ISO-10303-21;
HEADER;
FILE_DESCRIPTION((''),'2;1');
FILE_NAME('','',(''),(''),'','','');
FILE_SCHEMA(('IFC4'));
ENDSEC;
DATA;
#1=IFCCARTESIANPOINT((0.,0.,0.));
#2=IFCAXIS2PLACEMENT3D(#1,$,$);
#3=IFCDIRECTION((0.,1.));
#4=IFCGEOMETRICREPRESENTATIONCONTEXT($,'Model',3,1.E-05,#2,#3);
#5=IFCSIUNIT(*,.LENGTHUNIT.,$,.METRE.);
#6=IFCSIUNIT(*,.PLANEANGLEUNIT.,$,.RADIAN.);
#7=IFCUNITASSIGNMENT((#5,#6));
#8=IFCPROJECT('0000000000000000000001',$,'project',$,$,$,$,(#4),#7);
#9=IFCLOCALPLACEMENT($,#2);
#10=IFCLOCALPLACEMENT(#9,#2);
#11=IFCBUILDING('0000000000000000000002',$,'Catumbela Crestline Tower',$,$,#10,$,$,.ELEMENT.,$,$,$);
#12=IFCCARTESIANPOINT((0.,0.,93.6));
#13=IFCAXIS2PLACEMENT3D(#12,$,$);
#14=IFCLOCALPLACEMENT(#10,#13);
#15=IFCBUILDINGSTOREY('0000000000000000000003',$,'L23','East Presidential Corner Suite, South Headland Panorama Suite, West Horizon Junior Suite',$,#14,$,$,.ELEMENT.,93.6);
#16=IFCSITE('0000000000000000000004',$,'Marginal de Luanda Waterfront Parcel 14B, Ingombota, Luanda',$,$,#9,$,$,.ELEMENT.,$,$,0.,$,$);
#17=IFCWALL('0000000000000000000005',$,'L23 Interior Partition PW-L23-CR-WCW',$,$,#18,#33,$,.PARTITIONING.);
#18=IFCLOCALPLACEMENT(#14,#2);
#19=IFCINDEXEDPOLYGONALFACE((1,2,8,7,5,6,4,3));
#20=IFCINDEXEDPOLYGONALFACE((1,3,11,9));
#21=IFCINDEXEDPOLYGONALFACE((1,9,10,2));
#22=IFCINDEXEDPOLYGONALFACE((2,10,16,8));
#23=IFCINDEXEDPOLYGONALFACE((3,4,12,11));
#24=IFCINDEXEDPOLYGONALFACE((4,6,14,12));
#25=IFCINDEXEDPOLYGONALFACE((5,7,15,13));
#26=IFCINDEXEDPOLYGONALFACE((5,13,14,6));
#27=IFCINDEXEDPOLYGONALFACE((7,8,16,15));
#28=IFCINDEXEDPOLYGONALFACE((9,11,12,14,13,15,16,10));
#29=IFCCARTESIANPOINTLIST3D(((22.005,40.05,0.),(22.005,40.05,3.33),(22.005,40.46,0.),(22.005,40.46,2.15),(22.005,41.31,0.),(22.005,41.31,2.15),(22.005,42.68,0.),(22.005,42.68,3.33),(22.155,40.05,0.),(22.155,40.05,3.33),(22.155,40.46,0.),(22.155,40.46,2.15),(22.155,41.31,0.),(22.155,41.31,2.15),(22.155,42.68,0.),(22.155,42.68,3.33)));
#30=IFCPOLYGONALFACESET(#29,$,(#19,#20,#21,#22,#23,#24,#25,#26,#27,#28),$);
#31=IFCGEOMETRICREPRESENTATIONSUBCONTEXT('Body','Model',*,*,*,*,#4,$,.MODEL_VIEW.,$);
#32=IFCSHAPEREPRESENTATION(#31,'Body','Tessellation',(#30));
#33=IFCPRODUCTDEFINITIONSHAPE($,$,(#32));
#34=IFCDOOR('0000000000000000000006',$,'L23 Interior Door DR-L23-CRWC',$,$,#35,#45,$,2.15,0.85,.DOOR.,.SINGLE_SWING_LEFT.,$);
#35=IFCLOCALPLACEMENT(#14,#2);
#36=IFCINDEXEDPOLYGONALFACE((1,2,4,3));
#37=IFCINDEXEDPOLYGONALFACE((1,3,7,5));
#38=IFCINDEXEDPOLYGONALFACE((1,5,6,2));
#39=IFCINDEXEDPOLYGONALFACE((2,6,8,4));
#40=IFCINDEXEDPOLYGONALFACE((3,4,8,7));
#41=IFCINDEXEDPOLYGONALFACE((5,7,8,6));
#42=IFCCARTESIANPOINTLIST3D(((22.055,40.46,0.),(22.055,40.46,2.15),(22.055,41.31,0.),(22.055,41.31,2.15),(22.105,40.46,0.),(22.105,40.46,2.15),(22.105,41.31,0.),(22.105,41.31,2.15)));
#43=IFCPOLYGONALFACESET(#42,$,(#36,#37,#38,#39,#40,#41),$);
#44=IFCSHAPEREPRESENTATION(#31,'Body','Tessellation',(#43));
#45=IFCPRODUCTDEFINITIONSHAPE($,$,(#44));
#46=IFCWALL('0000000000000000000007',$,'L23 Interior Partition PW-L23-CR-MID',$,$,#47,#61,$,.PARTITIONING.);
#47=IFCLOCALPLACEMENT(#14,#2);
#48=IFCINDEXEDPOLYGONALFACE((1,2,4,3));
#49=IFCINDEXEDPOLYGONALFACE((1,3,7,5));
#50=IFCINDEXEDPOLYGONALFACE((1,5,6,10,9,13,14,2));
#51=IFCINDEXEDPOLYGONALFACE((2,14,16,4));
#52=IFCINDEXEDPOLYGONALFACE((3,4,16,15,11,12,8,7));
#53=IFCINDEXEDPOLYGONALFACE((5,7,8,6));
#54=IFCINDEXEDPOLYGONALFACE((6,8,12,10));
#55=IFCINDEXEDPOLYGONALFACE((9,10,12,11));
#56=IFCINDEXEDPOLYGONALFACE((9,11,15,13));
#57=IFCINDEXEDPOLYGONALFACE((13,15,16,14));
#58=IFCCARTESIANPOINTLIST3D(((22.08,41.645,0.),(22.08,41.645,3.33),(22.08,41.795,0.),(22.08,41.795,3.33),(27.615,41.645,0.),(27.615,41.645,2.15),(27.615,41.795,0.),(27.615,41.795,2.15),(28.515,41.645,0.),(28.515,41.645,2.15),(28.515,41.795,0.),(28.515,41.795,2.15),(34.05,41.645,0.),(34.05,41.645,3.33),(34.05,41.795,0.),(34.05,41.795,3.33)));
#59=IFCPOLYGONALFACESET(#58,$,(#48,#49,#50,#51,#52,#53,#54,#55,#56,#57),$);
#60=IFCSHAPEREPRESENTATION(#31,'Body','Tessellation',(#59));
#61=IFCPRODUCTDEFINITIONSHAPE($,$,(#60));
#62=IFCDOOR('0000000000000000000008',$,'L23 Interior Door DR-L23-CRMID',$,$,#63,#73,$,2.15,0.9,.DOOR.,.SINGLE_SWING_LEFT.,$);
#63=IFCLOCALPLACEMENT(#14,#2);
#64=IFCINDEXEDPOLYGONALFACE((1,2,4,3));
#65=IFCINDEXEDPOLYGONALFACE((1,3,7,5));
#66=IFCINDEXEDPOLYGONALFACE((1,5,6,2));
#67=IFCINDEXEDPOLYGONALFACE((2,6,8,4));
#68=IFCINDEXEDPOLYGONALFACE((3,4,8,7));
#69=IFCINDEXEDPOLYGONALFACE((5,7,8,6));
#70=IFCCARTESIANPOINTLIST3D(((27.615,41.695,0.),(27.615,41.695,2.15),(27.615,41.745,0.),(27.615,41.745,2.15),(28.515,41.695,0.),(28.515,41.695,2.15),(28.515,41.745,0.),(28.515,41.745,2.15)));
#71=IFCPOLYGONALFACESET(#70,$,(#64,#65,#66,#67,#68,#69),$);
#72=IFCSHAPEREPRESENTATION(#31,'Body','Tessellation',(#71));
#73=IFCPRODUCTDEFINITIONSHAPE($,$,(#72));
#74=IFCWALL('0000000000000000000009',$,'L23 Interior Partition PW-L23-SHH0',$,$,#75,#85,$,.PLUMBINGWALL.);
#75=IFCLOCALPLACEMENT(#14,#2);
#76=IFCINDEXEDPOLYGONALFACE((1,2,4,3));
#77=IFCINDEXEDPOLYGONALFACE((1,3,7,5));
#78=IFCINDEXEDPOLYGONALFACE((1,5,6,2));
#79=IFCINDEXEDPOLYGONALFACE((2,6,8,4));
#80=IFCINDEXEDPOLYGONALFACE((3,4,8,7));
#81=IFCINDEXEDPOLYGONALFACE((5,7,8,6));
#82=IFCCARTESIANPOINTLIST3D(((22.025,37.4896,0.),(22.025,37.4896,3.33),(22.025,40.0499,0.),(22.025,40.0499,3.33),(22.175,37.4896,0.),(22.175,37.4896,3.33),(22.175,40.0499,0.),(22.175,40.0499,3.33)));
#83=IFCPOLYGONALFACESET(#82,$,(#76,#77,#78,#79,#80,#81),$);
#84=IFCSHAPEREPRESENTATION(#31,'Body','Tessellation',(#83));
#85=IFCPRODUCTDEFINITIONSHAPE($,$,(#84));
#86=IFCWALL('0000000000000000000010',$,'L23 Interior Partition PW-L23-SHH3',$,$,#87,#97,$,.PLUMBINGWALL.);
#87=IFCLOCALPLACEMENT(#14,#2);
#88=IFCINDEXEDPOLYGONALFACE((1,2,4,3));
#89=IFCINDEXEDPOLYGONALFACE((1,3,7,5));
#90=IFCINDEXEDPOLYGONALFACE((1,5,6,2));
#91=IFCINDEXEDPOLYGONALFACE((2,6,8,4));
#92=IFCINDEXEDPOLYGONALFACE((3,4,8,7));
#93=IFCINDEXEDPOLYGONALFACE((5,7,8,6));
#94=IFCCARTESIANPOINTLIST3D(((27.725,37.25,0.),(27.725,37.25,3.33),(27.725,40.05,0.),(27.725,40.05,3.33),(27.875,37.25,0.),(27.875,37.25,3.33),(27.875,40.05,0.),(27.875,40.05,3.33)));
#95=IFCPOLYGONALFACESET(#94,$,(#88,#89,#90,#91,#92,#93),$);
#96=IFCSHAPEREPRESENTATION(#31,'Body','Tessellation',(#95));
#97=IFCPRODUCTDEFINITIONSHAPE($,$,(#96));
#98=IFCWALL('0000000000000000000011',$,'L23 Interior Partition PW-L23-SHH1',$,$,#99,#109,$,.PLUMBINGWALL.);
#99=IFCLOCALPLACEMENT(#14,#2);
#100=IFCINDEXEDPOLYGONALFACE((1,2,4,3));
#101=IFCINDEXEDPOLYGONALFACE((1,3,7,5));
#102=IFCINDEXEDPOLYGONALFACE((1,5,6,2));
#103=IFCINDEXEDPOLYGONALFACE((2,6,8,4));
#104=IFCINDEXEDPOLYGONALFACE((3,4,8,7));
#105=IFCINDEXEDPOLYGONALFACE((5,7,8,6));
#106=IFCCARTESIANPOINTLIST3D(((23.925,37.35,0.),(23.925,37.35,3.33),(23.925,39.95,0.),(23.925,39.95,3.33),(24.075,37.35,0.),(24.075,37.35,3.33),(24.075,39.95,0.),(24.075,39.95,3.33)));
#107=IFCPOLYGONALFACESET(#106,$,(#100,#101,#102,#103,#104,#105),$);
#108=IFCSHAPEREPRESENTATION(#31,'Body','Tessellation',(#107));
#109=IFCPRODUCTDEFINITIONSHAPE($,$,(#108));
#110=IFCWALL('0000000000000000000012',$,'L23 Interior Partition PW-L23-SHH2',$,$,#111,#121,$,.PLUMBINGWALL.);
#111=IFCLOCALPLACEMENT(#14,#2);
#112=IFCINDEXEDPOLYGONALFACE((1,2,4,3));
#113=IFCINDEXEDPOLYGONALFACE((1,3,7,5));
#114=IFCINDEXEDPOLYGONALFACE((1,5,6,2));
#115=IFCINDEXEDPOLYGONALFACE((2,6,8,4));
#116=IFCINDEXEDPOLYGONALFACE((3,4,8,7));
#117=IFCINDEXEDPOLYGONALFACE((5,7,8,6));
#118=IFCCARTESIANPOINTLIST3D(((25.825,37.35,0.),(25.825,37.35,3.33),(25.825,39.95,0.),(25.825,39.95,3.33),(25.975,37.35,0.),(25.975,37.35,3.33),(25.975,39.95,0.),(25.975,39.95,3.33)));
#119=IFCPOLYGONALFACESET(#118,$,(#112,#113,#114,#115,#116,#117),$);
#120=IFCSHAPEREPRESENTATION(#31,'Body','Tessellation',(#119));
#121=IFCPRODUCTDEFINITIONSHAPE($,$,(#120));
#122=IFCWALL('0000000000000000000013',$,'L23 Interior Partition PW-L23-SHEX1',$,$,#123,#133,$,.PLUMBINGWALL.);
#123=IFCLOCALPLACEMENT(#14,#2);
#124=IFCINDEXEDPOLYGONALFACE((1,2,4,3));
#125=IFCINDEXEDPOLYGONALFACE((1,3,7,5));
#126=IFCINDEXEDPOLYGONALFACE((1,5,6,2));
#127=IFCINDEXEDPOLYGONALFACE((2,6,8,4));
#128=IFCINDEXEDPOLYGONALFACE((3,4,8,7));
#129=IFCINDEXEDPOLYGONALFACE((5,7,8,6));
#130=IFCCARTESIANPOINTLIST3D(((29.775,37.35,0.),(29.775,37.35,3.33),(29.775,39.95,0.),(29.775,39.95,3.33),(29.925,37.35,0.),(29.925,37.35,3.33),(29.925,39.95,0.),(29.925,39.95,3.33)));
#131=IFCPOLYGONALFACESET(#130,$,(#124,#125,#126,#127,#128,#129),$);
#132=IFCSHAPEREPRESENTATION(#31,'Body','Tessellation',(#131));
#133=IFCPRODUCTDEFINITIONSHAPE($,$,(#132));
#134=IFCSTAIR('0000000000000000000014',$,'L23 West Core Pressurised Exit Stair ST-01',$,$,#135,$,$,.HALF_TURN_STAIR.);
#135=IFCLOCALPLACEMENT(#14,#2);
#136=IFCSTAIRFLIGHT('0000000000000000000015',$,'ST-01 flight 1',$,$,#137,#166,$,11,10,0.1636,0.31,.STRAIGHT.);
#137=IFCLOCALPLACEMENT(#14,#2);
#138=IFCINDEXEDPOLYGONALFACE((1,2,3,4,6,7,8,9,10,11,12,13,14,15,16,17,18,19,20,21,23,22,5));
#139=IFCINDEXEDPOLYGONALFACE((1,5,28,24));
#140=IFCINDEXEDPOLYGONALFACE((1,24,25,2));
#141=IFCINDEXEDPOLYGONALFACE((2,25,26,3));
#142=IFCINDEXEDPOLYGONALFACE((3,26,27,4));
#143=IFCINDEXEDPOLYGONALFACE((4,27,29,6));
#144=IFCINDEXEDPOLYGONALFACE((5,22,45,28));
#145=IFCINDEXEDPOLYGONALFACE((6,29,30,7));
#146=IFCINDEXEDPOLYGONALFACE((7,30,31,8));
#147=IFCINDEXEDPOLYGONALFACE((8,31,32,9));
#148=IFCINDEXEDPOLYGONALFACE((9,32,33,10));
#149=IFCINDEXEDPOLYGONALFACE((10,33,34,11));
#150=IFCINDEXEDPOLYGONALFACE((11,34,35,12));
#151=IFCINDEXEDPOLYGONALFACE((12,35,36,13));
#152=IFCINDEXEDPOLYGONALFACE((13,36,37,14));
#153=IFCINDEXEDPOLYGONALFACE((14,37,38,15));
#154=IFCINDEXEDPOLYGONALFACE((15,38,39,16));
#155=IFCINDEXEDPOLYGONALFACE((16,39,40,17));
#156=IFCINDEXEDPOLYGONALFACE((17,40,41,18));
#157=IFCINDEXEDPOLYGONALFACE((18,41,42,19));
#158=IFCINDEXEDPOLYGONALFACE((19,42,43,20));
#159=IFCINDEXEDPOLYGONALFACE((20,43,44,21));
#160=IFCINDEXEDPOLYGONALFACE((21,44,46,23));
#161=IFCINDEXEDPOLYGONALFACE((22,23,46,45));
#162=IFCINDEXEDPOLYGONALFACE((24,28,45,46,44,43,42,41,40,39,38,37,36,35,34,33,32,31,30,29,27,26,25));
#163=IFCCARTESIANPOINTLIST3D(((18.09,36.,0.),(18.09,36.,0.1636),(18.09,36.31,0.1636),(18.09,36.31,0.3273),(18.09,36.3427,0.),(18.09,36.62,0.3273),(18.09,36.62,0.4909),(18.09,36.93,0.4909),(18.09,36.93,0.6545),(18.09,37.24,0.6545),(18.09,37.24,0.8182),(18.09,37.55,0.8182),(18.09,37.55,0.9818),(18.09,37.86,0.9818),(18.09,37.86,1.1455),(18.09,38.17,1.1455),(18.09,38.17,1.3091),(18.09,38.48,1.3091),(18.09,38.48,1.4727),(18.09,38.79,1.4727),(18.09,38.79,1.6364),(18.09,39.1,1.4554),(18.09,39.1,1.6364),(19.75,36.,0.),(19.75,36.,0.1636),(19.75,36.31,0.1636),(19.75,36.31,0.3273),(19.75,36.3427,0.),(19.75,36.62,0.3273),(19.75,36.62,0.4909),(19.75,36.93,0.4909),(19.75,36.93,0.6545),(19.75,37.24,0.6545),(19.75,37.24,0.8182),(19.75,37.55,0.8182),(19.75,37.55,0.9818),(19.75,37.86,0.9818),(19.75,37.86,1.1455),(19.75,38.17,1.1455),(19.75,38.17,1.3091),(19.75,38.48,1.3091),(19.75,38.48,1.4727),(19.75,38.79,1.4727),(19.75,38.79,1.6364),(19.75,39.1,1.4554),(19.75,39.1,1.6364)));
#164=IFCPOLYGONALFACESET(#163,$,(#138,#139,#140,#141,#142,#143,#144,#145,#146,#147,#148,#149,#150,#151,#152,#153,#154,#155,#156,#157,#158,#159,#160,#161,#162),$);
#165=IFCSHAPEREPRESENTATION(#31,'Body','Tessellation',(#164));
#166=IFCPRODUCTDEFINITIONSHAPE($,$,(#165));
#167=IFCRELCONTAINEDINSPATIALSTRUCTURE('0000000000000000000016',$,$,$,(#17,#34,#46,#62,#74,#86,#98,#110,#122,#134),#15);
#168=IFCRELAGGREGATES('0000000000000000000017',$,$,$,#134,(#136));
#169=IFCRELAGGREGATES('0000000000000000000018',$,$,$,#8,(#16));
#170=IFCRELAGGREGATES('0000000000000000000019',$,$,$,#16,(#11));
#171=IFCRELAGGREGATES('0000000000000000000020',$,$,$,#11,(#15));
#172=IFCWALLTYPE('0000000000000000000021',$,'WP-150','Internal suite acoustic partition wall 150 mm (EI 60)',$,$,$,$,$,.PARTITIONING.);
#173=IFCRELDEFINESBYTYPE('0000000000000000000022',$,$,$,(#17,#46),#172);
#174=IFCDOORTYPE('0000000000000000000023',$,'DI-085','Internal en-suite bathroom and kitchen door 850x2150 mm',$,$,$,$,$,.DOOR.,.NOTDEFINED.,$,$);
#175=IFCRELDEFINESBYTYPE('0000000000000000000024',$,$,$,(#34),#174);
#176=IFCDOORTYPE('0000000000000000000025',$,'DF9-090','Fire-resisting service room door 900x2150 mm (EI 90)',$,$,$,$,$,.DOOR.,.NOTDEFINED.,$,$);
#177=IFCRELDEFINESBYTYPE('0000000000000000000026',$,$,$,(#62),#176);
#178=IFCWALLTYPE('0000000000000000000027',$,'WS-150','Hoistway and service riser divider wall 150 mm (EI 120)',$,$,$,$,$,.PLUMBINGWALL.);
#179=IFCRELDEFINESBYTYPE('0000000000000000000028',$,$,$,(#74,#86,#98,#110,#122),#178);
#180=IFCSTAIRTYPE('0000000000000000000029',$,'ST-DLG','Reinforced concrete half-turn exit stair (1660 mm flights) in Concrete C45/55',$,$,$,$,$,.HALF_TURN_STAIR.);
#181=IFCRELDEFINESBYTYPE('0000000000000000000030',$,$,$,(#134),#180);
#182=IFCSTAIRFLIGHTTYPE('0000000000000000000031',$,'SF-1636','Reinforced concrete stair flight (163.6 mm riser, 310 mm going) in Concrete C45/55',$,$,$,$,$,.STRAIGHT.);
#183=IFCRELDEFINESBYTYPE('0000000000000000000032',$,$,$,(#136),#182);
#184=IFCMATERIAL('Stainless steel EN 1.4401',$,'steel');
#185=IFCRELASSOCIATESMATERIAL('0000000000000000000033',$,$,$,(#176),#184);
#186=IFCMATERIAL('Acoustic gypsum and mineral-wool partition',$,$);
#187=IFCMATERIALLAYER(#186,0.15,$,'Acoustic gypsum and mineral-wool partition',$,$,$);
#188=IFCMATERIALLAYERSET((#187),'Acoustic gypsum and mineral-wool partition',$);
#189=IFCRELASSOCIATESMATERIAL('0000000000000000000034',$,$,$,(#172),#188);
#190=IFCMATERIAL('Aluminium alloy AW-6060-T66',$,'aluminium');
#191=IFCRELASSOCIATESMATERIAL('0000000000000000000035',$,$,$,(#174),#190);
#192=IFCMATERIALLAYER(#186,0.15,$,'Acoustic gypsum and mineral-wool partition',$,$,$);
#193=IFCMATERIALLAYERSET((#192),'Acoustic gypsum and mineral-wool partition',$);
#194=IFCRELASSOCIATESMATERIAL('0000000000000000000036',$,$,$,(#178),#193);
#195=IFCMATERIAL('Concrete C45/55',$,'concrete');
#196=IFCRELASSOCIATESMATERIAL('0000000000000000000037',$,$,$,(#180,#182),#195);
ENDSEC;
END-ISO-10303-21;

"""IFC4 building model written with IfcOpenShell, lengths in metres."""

from ifc_helpers import new_model, si_unit, direction, frame, frame_2d, origin, place, context, subcontext, project, spatial, polyline, rectangle, outline, extrude, material, layer, layer_set, type_object, element, fill, aggregate, save


model = new_model("IFC4")

# Units and contexts
model_context = context("Model", 3, precision=1e-05, world=origin(), true_north=direction((0.0, 1.0)))
body_context = subcontext(model_context, "Body", "Model", "MODEL_VIEW")
ifc_project = project(units=[si_unit("LENGTHUNIT", "METRE"), si_unit("PLANEANGLEUNIT", "RADIAN")], contexts=[model_context])

# Site, building, storey
site_placement = place(None, origin())
site = spatial("IfcSite", under=ifc_project, at=site_placement, Name="Marginal de Luanda Waterfront Parcel 14B, Ingombota, Luanda", CompositionType="ELEMENT", RefElevation=0.0)
building_placement = place(site_placement, origin())
building = spatial("IfcBuilding", under=site, at=building_placement, Name="Catumbela Crestline Tower", CompositionType="ELEMENT")
storey_placement = place(building_placement, frame((0.0, 0.0, 93.6)))
storey = spatial("IfcBuildingStorey", under=building, at=storey_placement, Name="L23", Description="East Presidential Corner Suite, South Headland Panorama Suite, West Horizon Junior Suite", CompositionType="ELEMENT", Elevation=93.6)

# Shared definitions
ifc_material_1 = material(Name="Aluminium alloy AW-6060-T66", Category="aluminium")

# Shared definitions
ifc_material_2 = material(Name="Stainless steel EN 1.4401", Category="steel")

# Shared definitions
door_type_1 = type_object("IfcDoorType", Name="DF9-090", Description="Fire-resisting service room door 900x2150 mm (EI 90)", OperationType="NOTDEFINED", PredefinedType="DOOR", material=ifc_material_2)

# Walls, openings, doors
ifc_material_3 = material(Name="Acoustic gypsum and mineral-wool partition")
ifc_layer_1 = layer(ifc_material_3, 0.15, Name="Acoustic gypsum and mineral-wool partition")
ifc_layer_set_1 = layer_set([ifc_layer_1], Name="Acoustic gypsum and mineral-wool partition")
wall_type_1 = type_object("IfcWallType", Name="WP-150", Description="Internal suite acoustic partition wall 150 mm (EI 60)", PredefinedType="PARTITIONING", material=ifc_layer_set_1)
wall_1_placement = place(storey_placement, frame((22.08, 40.05, 0.0), z_axis=(0.0, 0.0, 1.0), x_axis=(0.0, 1.0, 0.0)))
wall_1 = element("IfcWall", 1, at=wall_1_placement, inside=storey, type_object=wall_type_1, Name="L23 Interior Partition PW-L23-CR-WCW", PredefinedType="PARTITIONING", context=body_context, shape_type="SweptSolid", body=[
    extrude(rectangle(XDim=2.63, YDim=0.15, at=frame_2d((1.315, 0.0))), origin(), (0.0, 0.0, 1.0), 3.33),
])
opening_1_placement = place(wall_1_placement, frame((0.41, 0.0, 0.0)))
opening_1 = element("IfcOpeningElement", 2, at=opening_1_placement, cuts=wall_1, PredefinedType="OPENING", context=body_context, shape_type="SweptSolid", body=[
    extrude(rectangle(XDim=0.85, YDim=2.15, at=frame_2d((0.425, 1.075))), frame((0.0, 0.085, 0.0), z_axis=(0.0, -1.0, 0.0), x_axis=(1.0, 0.0, 0.0)), (0.0, 0.0, 1.0), 0.17),
])
door_type_2 = type_object("IfcDoorType", Name="DI-085", Description="Internal en-suite bathroom and kitchen door 850x2150 mm", OperationType="NOTDEFINED", PredefinedType="DOOR", material=ifc_material_1)
door_1_placement = place(opening_1_placement, origin())
door_1 = element("IfcDoor", 3, at=door_1_placement, inside=storey, type_object=door_type_2, Name="L23 Interior Door DR-L23-CRWC", OperationType="SINGLE_SWING_LEFT", OverallHeight=2.15, OverallWidth=0.85, PredefinedType="DOOR", context=body_context, shape_type="SweptSolid", body=[
    extrude(rectangle(XDim=0.85, YDim=2.15, at=frame_2d((0.425, 1.075))), frame((0.0, 0.025, 0.0), z_axis=(0.0, -1.0, 0.0), x_axis=(1.0, 0.0, 0.0)), (0.0, 0.0, 1.0), 0.05),
])
fill(opening_1, door_1)
wall_2_placement = place(storey_placement, frame((22.08, 41.72, 0.0), z_axis=(0.0, 0.0, 1.0), x_axis=(1.0, 0.0, 0.0)))
wall_2 = element("IfcWall", 4, at=wall_2_placement, inside=storey, type_object=wall_type_1, Name="L23 Interior Partition PW-L23-CR-MID", PredefinedType="PARTITIONING", context=body_context, shape_type="SweptSolid", body=[
    extrude(rectangle(XDim=11.97, YDim=0.15, at=frame_2d((5.985, 0.0))), origin(), (0.0, 0.0, 1.0), 3.33),
])
opening_2_placement = place(wall_2_placement, frame((5.535, 0.0, 0.0)))
opening_2 = element("IfcOpeningElement", 5, at=opening_2_placement, cuts=wall_2, PredefinedType="OPENING", context=body_context, shape_type="SweptSolid", body=[
    extrude(rectangle(XDim=0.9, YDim=2.15, at=frame_2d((0.45, 1.075))), frame((0.0, 0.085, 0.0), z_axis=(0.0, -1.0, 0.0), x_axis=(1.0, 0.0, 0.0)), (0.0, 0.0, 1.0), 0.17),
])
door_2_placement = place(opening_2_placement, origin())
door_2 = element("IfcDoor", 6, at=door_2_placement, inside=storey, type_object=door_type_1, Name="L23 Interior Door DR-L23-CRMID", OperationType="SINGLE_SWING_LEFT", OverallHeight=2.15, OverallWidth=0.9, PredefinedType="DOOR", context=body_context, shape_type="SweptSolid", body=[
    extrude(rectangle(XDim=0.9, YDim=2.15, at=frame_2d((0.45, 1.075))), frame((0.0, 0.025, 0.0), z_axis=(0.0, -1.0, 0.0), x_axis=(1.0, 0.0, 0.0)), (0.0, 0.0, 1.0), 0.05),
])
fill(opening_2, door_2)

# Walls
ifc_layer_2 = layer(ifc_material_3, 0.15, Name="Acoustic gypsum and mineral-wool partition")
ifc_layer_set_2 = layer_set([ifc_layer_2], Name="Acoustic gypsum and mineral-wool partition")
wall_type_2 = type_object("IfcWallType", Name="WS-150", Description="Hoistway and service riser divider wall 150 mm (EI 120)", PredefinedType="PLUMBINGWALL", material=ifc_layer_set_2)
wall_3_placement = place(storey_placement, frame((22.1, 37.4897, 0.0), z_axis=(0.0, 0.0, 1.0), x_axis=(0.0, 1.0, 0.0)))
element("IfcWall", 7, at=wall_3_placement, inside=storey, type_object=wall_type_2, Name="L23 Interior Partition PW-L23-SHH0", PredefinedType="PLUMBINGWALL", context=body_context, shape_type="SweptSolid", body=[
    extrude(rectangle(XDim=2.5603, YDim=0.15, at=frame_2d((1.2801, 0.0))), origin(), (0.0, 0.0, 1.0), 3.33),
])
wall_4_placement = place(storey_placement, frame((27.8, 37.25, 0.0), z_axis=(0.0, 0.0, 1.0), x_axis=(0.0, 1.0, 0.0)))
element("IfcWall", 8, at=wall_4_placement, inside=storey, type_object=wall_type_2, Name="L23 Interior Partition PW-L23-SHH3", PredefinedType="PLUMBINGWALL", context=body_context, shape_type="SweptSolid", body=[
    extrude(rectangle(XDim=2.8, YDim=0.15, at=frame_2d((1.4, 0.0))), origin(), (0.0, 0.0, 1.0), 3.33),
])
for number, where, z_axis, x_axis, name in (
    (9, (24.0, 37.35, 0.0), (0.0, 0.0, 1.0), (0.0, 1.0, 0.0), "L23 Interior Partition PW-L23-SHH1"),
    (10, (25.9, 37.35, 0.0), (0.0, 0.0, 1.0), (0.0, 1.0, 0.0), "L23 Interior Partition PW-L23-SHH2"),
    (11, (29.85, 37.35, 0.0), (0.0, 0.0, 1.0), (0.0, 1.0, 0.0), "L23 Interior Partition PW-L23-SHEX1"),
):
    element("IfcWall", number, at=place(storey_placement, frame(where, z_axis=z_axis, x_axis=x_axis)), inside=storey, type_object=wall_type_2, Name=name, PredefinedType="PLUMBINGWALL", context=body_context, shape_type="SweptSolid", body=[
        extrude(rectangle(XDim=2.6, YDim=0.15, at=frame_2d((1.3, 0.0))), origin(), (0.0, 0.0, 1.0), 3.33),
    ])

# Stair, stair flight
ifc_material_4 = material(Name="Concrete C45/55", Category="concrete")
stair_type = type_object("IfcStairType", Name="ST-DLG", Description="Reinforced concrete half-turn exit stair (1660 mm flights) in Concrete C45/55", PredefinedType="HALF_TURN_STAIR", material=ifc_material_4)
stair_placement = place(storey_placement, origin())
stair = element("IfcStair", 12, at=stair_placement, inside=storey, type_object=stair_type, Name="L23 West Core Pressurised Exit Stair ST-01", PredefinedType="HALF_TURN_STAIR")
stair_flight_type = type_object("IfcStairFlightType", Name="SF-1636", Description="Reinforced concrete stair flight (163.6 mm riser, 310 mm going) in Concrete C45/55", PredefinedType="STRAIGHT", material=ifc_material_4)
stair_flight_placement = place(storey_placement, frame((18.92, 36.0, 0.0), z_axis=(0.0, 0.0, 1.0), x_axis=(0.0, 1.0, 0.0)))
stair_flight = element("IfcStairFlight", 13, at=stair_flight_placement, type_object=stair_flight_type, Name="ST-01 flight 1", NumberOfRisers=11, NumberOfTreads=10, PredefinedType="STRAIGHT", RiserHeight=0.1636, TreadLength=0.31, context=body_context, shape_type="SweptSolid", body=[
    extrude(outline(polyline([(0.0, 0.0), (0.0, 0.1636), (0.31, 0.1636), (0.31, 0.3273), (0.62, 0.3273), (0.62, 0.4909), (0.93, 0.4909), (0.93, 0.6545), (1.24, 0.6545), (1.24, 0.8182), (1.55, 0.8182), (1.55, 0.9818), (1.86, 0.9818), (1.86, 1.1455), (2.17, 1.1455), (2.17, 1.3091), (2.48, 1.3091), (2.48, 1.4727), (2.79, 1.4727), (2.79, 1.6364), (3.1, 1.6364), (3.1, 1.8), (3.1, 1.4554), (0.3427, 0.0), (0.0, 0.0)])), frame((0.0, 0.83, 0.0), z_axis=(0.0, -1.0, 0.0), x_axis=(1.0, 0.0, 0.0)), (0.0, 0.0, 1.0), 1.66),
])
aggregate(stair, [stair_flight])

save(model, "model.ifc")
